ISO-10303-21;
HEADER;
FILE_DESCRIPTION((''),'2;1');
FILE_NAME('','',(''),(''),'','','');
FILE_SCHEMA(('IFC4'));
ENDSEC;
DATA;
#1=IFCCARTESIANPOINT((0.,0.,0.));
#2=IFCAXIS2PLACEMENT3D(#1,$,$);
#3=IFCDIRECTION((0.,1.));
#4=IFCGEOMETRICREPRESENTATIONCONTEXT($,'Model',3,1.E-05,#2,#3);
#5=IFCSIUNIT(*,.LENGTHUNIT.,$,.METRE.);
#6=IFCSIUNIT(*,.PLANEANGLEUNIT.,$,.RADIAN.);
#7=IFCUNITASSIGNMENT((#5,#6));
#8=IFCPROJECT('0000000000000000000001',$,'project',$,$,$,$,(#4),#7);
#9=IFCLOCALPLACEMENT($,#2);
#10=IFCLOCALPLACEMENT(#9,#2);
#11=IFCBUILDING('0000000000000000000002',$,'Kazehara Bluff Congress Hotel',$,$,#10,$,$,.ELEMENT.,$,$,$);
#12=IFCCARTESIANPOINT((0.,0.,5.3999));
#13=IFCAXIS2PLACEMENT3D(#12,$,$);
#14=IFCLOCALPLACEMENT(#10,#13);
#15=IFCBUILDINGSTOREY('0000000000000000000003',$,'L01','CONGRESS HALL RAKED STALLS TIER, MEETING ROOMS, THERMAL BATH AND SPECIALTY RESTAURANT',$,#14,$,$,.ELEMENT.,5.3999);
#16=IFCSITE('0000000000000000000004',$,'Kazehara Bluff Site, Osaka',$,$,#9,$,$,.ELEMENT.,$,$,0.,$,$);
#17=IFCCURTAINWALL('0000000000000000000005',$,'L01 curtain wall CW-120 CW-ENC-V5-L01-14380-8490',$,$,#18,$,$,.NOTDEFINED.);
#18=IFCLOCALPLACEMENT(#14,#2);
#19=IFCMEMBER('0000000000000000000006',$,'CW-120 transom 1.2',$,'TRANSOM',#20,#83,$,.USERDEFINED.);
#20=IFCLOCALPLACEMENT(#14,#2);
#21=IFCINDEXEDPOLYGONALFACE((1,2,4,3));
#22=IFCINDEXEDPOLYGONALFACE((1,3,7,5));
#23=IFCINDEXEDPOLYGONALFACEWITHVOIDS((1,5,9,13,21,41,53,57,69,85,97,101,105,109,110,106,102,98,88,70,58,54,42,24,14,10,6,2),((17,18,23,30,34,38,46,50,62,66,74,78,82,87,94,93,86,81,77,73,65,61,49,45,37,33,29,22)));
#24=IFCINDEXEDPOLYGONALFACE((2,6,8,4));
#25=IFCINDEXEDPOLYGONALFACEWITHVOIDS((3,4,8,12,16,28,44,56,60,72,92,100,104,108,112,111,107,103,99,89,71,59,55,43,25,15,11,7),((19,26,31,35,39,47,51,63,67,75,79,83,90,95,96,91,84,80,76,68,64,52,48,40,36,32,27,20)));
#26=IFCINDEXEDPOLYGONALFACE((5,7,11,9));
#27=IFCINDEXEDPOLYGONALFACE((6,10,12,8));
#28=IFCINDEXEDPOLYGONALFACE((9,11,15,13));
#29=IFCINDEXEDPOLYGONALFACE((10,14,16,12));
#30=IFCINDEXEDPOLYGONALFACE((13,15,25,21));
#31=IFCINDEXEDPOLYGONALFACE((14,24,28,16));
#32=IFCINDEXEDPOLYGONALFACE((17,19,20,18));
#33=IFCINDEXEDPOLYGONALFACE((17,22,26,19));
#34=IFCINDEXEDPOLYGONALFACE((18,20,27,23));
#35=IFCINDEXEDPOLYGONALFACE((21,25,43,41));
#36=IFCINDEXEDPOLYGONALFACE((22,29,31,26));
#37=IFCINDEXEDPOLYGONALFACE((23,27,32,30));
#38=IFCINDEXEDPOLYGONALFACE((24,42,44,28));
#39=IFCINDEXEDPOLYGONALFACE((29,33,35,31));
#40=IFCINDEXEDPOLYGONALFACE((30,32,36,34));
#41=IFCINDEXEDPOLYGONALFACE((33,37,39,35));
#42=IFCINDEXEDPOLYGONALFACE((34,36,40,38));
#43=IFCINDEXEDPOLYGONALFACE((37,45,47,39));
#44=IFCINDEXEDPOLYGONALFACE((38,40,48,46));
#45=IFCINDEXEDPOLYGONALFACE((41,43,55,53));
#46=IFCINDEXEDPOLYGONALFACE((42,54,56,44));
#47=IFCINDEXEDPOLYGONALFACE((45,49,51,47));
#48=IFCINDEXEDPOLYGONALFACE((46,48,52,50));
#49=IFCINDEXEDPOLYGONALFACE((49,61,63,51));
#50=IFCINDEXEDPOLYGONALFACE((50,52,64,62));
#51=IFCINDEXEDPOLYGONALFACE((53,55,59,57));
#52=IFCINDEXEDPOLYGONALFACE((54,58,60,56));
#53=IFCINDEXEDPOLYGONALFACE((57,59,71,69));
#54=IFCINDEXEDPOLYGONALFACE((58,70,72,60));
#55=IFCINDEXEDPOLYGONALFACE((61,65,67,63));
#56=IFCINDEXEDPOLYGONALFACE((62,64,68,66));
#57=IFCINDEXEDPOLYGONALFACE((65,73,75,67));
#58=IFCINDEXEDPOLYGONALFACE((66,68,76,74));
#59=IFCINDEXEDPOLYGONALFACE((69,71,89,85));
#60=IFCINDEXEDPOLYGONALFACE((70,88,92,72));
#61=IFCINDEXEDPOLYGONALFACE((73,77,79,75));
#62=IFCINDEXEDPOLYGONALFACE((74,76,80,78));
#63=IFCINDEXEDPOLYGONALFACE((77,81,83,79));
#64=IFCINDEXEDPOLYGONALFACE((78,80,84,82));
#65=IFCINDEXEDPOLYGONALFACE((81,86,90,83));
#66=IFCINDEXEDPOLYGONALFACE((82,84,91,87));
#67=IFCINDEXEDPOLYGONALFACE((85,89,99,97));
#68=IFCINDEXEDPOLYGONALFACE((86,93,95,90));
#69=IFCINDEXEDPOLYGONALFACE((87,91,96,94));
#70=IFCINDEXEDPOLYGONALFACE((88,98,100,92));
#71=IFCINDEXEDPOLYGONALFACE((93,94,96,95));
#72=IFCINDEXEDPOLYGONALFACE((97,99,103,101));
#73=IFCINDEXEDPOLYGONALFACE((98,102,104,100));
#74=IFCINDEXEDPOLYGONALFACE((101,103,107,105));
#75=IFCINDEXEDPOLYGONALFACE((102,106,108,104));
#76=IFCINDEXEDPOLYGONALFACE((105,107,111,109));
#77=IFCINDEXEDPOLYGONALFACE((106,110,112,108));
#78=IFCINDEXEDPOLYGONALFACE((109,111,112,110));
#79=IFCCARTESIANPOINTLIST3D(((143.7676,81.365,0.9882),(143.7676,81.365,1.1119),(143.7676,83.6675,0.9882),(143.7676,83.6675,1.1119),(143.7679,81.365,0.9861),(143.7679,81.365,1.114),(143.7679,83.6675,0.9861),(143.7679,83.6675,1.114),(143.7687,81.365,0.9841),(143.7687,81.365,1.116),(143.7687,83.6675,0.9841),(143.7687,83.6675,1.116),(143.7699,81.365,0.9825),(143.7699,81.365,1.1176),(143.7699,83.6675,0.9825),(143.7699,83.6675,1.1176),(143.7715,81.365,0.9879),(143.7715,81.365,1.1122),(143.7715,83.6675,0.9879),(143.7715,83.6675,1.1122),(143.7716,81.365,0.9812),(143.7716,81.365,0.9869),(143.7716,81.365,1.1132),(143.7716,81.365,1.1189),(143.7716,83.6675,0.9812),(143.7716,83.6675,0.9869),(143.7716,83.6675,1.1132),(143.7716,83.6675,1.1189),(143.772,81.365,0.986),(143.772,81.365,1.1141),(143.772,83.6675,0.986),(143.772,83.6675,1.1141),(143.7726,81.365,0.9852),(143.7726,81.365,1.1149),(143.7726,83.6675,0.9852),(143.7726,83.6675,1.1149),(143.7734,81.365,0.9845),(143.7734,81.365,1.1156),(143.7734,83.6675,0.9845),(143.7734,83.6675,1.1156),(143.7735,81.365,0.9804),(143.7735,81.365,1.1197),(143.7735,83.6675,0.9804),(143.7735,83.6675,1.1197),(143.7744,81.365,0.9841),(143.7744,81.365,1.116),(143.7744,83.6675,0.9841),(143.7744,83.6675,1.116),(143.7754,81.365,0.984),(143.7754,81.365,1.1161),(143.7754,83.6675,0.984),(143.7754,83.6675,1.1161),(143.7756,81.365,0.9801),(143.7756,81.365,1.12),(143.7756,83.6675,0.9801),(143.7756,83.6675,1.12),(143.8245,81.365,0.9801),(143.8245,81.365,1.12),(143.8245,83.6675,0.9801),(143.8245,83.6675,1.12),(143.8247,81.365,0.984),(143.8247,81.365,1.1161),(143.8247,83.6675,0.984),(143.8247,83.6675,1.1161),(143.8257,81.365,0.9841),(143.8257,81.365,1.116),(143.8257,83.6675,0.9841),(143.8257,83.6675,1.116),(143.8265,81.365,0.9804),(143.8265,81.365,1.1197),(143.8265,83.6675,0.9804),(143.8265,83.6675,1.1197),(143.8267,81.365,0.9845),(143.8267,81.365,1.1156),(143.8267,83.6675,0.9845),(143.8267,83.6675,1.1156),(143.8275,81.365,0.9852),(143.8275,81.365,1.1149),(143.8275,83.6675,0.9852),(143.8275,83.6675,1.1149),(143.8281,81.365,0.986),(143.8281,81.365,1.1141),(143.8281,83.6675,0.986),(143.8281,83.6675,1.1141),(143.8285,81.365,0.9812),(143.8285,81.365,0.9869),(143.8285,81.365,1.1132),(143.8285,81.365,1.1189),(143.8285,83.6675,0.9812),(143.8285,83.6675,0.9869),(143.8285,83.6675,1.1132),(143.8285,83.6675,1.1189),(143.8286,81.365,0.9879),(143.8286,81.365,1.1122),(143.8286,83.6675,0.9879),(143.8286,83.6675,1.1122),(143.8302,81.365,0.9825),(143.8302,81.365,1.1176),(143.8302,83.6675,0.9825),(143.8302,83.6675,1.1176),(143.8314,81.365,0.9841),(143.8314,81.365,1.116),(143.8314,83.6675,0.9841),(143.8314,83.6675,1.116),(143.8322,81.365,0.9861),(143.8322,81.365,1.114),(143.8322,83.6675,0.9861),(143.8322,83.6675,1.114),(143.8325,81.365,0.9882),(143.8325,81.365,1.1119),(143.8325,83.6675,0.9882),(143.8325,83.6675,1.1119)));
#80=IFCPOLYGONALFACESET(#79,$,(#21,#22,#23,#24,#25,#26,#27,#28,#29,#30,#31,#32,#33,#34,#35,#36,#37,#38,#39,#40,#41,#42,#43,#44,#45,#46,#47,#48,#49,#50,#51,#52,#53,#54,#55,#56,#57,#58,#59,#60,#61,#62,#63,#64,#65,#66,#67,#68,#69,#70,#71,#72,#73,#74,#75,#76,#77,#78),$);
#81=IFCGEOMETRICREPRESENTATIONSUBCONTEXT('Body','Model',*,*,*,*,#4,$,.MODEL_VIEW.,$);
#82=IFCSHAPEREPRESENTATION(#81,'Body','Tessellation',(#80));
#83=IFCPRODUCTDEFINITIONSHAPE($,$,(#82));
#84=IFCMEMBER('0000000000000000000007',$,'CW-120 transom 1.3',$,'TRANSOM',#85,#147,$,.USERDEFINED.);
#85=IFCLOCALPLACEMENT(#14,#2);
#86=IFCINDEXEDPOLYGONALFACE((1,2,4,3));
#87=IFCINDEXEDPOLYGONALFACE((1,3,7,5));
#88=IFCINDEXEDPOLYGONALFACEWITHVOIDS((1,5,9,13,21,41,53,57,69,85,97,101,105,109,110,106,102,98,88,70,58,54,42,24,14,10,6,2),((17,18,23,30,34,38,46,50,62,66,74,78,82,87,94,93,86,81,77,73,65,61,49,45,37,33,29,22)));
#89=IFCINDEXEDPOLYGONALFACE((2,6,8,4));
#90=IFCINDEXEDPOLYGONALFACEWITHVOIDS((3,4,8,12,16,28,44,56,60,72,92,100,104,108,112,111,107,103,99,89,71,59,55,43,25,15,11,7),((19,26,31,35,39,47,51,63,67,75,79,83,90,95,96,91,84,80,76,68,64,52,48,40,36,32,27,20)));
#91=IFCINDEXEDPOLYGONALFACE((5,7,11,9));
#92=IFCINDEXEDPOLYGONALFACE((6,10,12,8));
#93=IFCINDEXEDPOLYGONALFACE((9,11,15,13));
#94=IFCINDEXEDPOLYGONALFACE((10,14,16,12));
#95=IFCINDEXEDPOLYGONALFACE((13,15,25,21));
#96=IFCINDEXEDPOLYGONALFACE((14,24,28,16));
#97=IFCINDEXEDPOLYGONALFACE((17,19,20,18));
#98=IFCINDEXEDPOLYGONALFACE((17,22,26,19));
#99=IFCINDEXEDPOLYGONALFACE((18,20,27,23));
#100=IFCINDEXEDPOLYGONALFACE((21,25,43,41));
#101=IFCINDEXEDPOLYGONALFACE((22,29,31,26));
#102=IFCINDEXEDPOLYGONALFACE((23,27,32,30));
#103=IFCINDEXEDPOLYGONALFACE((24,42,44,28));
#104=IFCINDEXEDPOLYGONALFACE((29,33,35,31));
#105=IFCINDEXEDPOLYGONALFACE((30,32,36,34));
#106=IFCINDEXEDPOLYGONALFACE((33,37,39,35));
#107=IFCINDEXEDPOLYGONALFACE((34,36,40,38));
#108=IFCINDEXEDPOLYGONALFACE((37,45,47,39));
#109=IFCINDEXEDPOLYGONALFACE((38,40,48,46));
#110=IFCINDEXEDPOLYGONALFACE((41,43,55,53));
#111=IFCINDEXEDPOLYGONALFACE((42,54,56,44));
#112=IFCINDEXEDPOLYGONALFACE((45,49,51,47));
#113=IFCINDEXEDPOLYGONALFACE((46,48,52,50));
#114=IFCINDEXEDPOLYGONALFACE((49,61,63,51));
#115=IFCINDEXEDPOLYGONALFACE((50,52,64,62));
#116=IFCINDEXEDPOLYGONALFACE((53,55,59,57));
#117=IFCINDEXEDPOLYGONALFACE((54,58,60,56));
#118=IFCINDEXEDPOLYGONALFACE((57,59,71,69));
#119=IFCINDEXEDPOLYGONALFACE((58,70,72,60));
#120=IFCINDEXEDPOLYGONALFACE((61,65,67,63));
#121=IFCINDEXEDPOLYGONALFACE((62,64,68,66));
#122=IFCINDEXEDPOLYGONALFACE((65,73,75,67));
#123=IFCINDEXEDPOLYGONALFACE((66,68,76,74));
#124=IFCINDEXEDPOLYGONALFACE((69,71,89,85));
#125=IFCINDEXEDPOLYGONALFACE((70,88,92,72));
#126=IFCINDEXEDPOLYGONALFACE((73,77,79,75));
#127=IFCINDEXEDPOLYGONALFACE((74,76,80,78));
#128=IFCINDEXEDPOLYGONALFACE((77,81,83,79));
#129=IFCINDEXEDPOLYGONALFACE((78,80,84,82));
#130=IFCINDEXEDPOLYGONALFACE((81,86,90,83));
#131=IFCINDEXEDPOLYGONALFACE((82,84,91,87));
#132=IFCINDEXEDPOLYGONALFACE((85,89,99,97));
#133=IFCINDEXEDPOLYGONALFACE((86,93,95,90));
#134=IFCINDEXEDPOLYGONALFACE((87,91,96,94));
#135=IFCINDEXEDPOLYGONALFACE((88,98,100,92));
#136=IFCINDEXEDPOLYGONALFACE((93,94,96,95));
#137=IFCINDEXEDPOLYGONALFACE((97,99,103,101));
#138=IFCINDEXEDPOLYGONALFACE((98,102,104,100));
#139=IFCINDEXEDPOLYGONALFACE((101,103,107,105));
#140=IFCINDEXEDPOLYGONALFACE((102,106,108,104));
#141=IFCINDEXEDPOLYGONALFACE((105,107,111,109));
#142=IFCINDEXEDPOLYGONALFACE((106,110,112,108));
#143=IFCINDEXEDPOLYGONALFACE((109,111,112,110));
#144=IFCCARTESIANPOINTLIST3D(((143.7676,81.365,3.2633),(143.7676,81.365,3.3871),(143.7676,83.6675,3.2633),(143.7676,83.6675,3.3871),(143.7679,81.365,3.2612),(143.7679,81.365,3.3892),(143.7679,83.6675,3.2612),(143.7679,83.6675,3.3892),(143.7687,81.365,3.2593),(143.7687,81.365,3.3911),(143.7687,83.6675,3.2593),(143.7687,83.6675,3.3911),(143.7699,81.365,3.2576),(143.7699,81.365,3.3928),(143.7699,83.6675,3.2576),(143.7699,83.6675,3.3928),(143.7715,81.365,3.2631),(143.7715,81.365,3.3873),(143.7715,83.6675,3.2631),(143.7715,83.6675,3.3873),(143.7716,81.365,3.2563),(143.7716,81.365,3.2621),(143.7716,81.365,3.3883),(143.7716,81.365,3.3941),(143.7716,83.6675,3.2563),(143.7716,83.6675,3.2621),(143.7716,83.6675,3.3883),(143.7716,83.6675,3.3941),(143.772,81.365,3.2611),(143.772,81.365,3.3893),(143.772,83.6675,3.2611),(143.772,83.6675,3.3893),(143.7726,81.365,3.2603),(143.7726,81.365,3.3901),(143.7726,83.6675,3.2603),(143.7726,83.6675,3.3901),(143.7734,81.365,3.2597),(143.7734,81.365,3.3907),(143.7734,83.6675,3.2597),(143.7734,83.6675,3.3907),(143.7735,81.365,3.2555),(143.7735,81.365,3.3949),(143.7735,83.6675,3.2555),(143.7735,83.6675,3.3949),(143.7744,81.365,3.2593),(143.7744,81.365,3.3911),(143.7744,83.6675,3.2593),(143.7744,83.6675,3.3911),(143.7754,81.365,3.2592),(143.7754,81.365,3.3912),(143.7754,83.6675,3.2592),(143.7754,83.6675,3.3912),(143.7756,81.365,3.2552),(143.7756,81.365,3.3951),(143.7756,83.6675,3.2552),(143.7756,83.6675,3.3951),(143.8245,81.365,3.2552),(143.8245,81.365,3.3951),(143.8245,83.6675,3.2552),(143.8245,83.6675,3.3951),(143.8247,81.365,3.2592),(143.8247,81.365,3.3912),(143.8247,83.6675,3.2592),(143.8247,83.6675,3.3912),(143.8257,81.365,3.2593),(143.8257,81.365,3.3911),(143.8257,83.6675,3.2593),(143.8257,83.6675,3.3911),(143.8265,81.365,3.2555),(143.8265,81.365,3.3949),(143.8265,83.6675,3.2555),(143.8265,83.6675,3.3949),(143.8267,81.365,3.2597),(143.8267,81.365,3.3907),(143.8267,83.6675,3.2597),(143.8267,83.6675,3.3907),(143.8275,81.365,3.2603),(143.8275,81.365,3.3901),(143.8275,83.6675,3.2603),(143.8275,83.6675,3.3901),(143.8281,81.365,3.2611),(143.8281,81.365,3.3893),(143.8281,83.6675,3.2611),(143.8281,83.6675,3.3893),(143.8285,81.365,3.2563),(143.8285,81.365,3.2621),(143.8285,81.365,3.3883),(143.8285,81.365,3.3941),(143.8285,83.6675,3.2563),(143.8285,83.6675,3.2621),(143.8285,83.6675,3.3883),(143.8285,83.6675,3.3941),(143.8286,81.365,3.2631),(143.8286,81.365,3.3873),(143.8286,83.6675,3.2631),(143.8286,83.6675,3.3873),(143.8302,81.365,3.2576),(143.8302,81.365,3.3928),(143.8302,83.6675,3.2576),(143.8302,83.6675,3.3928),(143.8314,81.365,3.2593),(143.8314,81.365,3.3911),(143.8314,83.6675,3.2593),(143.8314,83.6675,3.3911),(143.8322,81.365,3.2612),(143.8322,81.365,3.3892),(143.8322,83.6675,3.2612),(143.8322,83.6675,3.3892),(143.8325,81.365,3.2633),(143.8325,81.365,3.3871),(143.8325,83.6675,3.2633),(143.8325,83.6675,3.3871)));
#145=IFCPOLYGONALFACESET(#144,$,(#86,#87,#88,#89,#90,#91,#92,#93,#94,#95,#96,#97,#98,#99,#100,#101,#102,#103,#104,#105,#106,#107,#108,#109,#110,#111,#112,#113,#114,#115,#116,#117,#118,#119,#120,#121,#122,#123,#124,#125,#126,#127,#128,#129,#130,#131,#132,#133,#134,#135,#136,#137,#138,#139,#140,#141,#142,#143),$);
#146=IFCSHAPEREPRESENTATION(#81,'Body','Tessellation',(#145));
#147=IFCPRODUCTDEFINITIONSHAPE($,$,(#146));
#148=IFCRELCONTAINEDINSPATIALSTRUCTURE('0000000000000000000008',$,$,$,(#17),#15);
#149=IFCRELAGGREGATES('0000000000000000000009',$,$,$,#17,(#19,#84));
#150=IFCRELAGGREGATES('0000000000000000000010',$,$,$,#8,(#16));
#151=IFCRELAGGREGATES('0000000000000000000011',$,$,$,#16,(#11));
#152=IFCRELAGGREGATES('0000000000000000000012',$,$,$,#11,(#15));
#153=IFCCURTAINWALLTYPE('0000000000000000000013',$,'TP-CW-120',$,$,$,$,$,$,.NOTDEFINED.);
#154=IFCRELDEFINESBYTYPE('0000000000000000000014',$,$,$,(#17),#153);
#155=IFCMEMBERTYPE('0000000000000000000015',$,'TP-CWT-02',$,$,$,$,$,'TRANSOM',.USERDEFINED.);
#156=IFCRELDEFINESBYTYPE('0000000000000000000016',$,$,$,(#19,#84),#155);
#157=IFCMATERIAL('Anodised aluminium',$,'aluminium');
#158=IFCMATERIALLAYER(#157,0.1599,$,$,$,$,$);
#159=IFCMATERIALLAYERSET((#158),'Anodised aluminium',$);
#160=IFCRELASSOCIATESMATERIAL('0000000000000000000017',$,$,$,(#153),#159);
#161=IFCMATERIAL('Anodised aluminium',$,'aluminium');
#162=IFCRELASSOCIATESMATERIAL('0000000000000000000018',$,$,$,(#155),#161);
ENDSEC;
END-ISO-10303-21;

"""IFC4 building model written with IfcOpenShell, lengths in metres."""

from ifc_helpers import new_model, si_unit, direction, frame, origin, origin_2d, place, context, subcontext, project, spatial, hollow_rectangle, extrude, material, layer, layer_set, material_profile, profile_set, type_object, element, aggregate, save


model = new_model("IFC4")

# Units and contexts
model_context = context("Model", 3, precision=1e-05, world=origin(), true_north=direction((0.0, 1.0)))
body_context = subcontext(model_context, "Body", "Model", "MODEL_VIEW")
ifc_project = project(units=[si_unit("LENGTHUNIT", "METRE"), si_unit("PLANEANGLEUNIT", "RADIAN")], contexts=[model_context])

# Site, building, storey
site_placement = place(None, origin())
site = spatial("IfcSite", under=ifc_project, at=site_placement, Name="Kazehara Bluff Site, Osaka", CompositionType="ELEMENT", RefElevation=0.0)
building_placement = place(site_placement, origin())
building = spatial("IfcBuilding", under=site, at=building_placement, Name="Kazehara Bluff Congress Hotel", CompositionType="ELEMENT")
storey_placement = place(building_placement, frame((0.0, 0.0, 5.3999)))
storey = spatial("IfcBuildingStorey", under=building, at=storey_placement, Name="L01", Description="CONGRESS HALL RAKED STALLS TIER, MEETING ROOMS, THERMAL BATH AND SPECIALTY RESTAURANT", CompositionType="ELEMENT", Elevation=5.3999)

# Curtain wall
ifc_material_1 = material(Name="Anodised aluminium", Category="aluminium")
ifc_layer_1 = layer(ifc_material_1, 0.1599)
ifc_layer_set_1 = layer_set([ifc_layer_1], Name="Anodised aluminium")
curtain_wall_type_1 = type_object("IfcCurtainWallType", Name="TP-CW-120", PredefinedType="NOTDEFINED", material=ifc_layer_set_1)
curtain_wall_1_placement = place(storey_placement, origin())
curtain_wall_1 = element("IfcCurtainWall", 1, at=curtain_wall_1_placement, inside=storey, type_object=curtain_wall_type_1, Name="L01 curtain wall CW-120 CW-ENC-V5-L01-14380-8490", PredefinedType="NOTDEFINED")

# Members
ifc_material_2 = material(Name="Anodised aluminium", Category="aluminium")
ifc_material_profile_1 = material_profile(ifc_material_2, hollow_rectangle(XDim=0.0649, YDim=0.1399, WallThickness=0.0039, InnerFilletRadius=0.0039, OuterFilletRadius=0.0081, at=origin_2d()))
ifc_profile_set_1 = profile_set([ifc_material_profile_1], Name="Anodised aluminium")
member_type_1 = type_object("IfcMemberType", Name="TP-CWT-02", ElementType="TRANSOM", PredefinedType="USERDEFINED", material=ifc_profile_set_1)
member_1_placement = place(storey_placement, frame((143.8, 81.365, 1.05), z_axis=(0.0, 1.0, 0.0), x_axis=(-1.0, 0.0, 0.0)))
member_1 = element("IfcMember", 2, at=member_1_placement, type_object=member_type_1, Name="CW-120 transom 1.2", ObjectType="TRANSOM", PredefinedType="USERDEFINED", context=body_context, shape_type="SweptSolid", body=[
    extrude(hollow_rectangle(XDim=0.0649, YDim=0.1399, WallThickness=0.0039, InnerFilletRadius=0.0039, OuterFilletRadius=0.0081, at=origin_2d()), origin(), (0.0, 0.0, 1.0), 2.3025),
])
member_2_placement = place(storey_placement, frame((143.8, 81.365, 3.3252), z_axis=(0.0, 1.0, 0.0), x_axis=(-1.0, 0.0, 0.0)))
member_2 = element("IfcMember", 3, at=member_2_placement, type_object=member_type_1, Name="CW-120 transom 1.3", ObjectType="TRANSOM", PredefinedType="USERDEFINED", context=body_context, shape_type="SweptSolid", body=[
    extrude(hollow_rectangle(XDim=0.0649, YDim=0.1399, WallThickness=0.0039, InnerFilletRadius=0.0039, OuterFilletRadius=0.0081, at=origin_2d()), origin(), (0.0, 0.0, 1.0), 2.3025),
])

aggregate(curtain_wall_1, [member_1, member_2])

save(model, "model.ifc")
